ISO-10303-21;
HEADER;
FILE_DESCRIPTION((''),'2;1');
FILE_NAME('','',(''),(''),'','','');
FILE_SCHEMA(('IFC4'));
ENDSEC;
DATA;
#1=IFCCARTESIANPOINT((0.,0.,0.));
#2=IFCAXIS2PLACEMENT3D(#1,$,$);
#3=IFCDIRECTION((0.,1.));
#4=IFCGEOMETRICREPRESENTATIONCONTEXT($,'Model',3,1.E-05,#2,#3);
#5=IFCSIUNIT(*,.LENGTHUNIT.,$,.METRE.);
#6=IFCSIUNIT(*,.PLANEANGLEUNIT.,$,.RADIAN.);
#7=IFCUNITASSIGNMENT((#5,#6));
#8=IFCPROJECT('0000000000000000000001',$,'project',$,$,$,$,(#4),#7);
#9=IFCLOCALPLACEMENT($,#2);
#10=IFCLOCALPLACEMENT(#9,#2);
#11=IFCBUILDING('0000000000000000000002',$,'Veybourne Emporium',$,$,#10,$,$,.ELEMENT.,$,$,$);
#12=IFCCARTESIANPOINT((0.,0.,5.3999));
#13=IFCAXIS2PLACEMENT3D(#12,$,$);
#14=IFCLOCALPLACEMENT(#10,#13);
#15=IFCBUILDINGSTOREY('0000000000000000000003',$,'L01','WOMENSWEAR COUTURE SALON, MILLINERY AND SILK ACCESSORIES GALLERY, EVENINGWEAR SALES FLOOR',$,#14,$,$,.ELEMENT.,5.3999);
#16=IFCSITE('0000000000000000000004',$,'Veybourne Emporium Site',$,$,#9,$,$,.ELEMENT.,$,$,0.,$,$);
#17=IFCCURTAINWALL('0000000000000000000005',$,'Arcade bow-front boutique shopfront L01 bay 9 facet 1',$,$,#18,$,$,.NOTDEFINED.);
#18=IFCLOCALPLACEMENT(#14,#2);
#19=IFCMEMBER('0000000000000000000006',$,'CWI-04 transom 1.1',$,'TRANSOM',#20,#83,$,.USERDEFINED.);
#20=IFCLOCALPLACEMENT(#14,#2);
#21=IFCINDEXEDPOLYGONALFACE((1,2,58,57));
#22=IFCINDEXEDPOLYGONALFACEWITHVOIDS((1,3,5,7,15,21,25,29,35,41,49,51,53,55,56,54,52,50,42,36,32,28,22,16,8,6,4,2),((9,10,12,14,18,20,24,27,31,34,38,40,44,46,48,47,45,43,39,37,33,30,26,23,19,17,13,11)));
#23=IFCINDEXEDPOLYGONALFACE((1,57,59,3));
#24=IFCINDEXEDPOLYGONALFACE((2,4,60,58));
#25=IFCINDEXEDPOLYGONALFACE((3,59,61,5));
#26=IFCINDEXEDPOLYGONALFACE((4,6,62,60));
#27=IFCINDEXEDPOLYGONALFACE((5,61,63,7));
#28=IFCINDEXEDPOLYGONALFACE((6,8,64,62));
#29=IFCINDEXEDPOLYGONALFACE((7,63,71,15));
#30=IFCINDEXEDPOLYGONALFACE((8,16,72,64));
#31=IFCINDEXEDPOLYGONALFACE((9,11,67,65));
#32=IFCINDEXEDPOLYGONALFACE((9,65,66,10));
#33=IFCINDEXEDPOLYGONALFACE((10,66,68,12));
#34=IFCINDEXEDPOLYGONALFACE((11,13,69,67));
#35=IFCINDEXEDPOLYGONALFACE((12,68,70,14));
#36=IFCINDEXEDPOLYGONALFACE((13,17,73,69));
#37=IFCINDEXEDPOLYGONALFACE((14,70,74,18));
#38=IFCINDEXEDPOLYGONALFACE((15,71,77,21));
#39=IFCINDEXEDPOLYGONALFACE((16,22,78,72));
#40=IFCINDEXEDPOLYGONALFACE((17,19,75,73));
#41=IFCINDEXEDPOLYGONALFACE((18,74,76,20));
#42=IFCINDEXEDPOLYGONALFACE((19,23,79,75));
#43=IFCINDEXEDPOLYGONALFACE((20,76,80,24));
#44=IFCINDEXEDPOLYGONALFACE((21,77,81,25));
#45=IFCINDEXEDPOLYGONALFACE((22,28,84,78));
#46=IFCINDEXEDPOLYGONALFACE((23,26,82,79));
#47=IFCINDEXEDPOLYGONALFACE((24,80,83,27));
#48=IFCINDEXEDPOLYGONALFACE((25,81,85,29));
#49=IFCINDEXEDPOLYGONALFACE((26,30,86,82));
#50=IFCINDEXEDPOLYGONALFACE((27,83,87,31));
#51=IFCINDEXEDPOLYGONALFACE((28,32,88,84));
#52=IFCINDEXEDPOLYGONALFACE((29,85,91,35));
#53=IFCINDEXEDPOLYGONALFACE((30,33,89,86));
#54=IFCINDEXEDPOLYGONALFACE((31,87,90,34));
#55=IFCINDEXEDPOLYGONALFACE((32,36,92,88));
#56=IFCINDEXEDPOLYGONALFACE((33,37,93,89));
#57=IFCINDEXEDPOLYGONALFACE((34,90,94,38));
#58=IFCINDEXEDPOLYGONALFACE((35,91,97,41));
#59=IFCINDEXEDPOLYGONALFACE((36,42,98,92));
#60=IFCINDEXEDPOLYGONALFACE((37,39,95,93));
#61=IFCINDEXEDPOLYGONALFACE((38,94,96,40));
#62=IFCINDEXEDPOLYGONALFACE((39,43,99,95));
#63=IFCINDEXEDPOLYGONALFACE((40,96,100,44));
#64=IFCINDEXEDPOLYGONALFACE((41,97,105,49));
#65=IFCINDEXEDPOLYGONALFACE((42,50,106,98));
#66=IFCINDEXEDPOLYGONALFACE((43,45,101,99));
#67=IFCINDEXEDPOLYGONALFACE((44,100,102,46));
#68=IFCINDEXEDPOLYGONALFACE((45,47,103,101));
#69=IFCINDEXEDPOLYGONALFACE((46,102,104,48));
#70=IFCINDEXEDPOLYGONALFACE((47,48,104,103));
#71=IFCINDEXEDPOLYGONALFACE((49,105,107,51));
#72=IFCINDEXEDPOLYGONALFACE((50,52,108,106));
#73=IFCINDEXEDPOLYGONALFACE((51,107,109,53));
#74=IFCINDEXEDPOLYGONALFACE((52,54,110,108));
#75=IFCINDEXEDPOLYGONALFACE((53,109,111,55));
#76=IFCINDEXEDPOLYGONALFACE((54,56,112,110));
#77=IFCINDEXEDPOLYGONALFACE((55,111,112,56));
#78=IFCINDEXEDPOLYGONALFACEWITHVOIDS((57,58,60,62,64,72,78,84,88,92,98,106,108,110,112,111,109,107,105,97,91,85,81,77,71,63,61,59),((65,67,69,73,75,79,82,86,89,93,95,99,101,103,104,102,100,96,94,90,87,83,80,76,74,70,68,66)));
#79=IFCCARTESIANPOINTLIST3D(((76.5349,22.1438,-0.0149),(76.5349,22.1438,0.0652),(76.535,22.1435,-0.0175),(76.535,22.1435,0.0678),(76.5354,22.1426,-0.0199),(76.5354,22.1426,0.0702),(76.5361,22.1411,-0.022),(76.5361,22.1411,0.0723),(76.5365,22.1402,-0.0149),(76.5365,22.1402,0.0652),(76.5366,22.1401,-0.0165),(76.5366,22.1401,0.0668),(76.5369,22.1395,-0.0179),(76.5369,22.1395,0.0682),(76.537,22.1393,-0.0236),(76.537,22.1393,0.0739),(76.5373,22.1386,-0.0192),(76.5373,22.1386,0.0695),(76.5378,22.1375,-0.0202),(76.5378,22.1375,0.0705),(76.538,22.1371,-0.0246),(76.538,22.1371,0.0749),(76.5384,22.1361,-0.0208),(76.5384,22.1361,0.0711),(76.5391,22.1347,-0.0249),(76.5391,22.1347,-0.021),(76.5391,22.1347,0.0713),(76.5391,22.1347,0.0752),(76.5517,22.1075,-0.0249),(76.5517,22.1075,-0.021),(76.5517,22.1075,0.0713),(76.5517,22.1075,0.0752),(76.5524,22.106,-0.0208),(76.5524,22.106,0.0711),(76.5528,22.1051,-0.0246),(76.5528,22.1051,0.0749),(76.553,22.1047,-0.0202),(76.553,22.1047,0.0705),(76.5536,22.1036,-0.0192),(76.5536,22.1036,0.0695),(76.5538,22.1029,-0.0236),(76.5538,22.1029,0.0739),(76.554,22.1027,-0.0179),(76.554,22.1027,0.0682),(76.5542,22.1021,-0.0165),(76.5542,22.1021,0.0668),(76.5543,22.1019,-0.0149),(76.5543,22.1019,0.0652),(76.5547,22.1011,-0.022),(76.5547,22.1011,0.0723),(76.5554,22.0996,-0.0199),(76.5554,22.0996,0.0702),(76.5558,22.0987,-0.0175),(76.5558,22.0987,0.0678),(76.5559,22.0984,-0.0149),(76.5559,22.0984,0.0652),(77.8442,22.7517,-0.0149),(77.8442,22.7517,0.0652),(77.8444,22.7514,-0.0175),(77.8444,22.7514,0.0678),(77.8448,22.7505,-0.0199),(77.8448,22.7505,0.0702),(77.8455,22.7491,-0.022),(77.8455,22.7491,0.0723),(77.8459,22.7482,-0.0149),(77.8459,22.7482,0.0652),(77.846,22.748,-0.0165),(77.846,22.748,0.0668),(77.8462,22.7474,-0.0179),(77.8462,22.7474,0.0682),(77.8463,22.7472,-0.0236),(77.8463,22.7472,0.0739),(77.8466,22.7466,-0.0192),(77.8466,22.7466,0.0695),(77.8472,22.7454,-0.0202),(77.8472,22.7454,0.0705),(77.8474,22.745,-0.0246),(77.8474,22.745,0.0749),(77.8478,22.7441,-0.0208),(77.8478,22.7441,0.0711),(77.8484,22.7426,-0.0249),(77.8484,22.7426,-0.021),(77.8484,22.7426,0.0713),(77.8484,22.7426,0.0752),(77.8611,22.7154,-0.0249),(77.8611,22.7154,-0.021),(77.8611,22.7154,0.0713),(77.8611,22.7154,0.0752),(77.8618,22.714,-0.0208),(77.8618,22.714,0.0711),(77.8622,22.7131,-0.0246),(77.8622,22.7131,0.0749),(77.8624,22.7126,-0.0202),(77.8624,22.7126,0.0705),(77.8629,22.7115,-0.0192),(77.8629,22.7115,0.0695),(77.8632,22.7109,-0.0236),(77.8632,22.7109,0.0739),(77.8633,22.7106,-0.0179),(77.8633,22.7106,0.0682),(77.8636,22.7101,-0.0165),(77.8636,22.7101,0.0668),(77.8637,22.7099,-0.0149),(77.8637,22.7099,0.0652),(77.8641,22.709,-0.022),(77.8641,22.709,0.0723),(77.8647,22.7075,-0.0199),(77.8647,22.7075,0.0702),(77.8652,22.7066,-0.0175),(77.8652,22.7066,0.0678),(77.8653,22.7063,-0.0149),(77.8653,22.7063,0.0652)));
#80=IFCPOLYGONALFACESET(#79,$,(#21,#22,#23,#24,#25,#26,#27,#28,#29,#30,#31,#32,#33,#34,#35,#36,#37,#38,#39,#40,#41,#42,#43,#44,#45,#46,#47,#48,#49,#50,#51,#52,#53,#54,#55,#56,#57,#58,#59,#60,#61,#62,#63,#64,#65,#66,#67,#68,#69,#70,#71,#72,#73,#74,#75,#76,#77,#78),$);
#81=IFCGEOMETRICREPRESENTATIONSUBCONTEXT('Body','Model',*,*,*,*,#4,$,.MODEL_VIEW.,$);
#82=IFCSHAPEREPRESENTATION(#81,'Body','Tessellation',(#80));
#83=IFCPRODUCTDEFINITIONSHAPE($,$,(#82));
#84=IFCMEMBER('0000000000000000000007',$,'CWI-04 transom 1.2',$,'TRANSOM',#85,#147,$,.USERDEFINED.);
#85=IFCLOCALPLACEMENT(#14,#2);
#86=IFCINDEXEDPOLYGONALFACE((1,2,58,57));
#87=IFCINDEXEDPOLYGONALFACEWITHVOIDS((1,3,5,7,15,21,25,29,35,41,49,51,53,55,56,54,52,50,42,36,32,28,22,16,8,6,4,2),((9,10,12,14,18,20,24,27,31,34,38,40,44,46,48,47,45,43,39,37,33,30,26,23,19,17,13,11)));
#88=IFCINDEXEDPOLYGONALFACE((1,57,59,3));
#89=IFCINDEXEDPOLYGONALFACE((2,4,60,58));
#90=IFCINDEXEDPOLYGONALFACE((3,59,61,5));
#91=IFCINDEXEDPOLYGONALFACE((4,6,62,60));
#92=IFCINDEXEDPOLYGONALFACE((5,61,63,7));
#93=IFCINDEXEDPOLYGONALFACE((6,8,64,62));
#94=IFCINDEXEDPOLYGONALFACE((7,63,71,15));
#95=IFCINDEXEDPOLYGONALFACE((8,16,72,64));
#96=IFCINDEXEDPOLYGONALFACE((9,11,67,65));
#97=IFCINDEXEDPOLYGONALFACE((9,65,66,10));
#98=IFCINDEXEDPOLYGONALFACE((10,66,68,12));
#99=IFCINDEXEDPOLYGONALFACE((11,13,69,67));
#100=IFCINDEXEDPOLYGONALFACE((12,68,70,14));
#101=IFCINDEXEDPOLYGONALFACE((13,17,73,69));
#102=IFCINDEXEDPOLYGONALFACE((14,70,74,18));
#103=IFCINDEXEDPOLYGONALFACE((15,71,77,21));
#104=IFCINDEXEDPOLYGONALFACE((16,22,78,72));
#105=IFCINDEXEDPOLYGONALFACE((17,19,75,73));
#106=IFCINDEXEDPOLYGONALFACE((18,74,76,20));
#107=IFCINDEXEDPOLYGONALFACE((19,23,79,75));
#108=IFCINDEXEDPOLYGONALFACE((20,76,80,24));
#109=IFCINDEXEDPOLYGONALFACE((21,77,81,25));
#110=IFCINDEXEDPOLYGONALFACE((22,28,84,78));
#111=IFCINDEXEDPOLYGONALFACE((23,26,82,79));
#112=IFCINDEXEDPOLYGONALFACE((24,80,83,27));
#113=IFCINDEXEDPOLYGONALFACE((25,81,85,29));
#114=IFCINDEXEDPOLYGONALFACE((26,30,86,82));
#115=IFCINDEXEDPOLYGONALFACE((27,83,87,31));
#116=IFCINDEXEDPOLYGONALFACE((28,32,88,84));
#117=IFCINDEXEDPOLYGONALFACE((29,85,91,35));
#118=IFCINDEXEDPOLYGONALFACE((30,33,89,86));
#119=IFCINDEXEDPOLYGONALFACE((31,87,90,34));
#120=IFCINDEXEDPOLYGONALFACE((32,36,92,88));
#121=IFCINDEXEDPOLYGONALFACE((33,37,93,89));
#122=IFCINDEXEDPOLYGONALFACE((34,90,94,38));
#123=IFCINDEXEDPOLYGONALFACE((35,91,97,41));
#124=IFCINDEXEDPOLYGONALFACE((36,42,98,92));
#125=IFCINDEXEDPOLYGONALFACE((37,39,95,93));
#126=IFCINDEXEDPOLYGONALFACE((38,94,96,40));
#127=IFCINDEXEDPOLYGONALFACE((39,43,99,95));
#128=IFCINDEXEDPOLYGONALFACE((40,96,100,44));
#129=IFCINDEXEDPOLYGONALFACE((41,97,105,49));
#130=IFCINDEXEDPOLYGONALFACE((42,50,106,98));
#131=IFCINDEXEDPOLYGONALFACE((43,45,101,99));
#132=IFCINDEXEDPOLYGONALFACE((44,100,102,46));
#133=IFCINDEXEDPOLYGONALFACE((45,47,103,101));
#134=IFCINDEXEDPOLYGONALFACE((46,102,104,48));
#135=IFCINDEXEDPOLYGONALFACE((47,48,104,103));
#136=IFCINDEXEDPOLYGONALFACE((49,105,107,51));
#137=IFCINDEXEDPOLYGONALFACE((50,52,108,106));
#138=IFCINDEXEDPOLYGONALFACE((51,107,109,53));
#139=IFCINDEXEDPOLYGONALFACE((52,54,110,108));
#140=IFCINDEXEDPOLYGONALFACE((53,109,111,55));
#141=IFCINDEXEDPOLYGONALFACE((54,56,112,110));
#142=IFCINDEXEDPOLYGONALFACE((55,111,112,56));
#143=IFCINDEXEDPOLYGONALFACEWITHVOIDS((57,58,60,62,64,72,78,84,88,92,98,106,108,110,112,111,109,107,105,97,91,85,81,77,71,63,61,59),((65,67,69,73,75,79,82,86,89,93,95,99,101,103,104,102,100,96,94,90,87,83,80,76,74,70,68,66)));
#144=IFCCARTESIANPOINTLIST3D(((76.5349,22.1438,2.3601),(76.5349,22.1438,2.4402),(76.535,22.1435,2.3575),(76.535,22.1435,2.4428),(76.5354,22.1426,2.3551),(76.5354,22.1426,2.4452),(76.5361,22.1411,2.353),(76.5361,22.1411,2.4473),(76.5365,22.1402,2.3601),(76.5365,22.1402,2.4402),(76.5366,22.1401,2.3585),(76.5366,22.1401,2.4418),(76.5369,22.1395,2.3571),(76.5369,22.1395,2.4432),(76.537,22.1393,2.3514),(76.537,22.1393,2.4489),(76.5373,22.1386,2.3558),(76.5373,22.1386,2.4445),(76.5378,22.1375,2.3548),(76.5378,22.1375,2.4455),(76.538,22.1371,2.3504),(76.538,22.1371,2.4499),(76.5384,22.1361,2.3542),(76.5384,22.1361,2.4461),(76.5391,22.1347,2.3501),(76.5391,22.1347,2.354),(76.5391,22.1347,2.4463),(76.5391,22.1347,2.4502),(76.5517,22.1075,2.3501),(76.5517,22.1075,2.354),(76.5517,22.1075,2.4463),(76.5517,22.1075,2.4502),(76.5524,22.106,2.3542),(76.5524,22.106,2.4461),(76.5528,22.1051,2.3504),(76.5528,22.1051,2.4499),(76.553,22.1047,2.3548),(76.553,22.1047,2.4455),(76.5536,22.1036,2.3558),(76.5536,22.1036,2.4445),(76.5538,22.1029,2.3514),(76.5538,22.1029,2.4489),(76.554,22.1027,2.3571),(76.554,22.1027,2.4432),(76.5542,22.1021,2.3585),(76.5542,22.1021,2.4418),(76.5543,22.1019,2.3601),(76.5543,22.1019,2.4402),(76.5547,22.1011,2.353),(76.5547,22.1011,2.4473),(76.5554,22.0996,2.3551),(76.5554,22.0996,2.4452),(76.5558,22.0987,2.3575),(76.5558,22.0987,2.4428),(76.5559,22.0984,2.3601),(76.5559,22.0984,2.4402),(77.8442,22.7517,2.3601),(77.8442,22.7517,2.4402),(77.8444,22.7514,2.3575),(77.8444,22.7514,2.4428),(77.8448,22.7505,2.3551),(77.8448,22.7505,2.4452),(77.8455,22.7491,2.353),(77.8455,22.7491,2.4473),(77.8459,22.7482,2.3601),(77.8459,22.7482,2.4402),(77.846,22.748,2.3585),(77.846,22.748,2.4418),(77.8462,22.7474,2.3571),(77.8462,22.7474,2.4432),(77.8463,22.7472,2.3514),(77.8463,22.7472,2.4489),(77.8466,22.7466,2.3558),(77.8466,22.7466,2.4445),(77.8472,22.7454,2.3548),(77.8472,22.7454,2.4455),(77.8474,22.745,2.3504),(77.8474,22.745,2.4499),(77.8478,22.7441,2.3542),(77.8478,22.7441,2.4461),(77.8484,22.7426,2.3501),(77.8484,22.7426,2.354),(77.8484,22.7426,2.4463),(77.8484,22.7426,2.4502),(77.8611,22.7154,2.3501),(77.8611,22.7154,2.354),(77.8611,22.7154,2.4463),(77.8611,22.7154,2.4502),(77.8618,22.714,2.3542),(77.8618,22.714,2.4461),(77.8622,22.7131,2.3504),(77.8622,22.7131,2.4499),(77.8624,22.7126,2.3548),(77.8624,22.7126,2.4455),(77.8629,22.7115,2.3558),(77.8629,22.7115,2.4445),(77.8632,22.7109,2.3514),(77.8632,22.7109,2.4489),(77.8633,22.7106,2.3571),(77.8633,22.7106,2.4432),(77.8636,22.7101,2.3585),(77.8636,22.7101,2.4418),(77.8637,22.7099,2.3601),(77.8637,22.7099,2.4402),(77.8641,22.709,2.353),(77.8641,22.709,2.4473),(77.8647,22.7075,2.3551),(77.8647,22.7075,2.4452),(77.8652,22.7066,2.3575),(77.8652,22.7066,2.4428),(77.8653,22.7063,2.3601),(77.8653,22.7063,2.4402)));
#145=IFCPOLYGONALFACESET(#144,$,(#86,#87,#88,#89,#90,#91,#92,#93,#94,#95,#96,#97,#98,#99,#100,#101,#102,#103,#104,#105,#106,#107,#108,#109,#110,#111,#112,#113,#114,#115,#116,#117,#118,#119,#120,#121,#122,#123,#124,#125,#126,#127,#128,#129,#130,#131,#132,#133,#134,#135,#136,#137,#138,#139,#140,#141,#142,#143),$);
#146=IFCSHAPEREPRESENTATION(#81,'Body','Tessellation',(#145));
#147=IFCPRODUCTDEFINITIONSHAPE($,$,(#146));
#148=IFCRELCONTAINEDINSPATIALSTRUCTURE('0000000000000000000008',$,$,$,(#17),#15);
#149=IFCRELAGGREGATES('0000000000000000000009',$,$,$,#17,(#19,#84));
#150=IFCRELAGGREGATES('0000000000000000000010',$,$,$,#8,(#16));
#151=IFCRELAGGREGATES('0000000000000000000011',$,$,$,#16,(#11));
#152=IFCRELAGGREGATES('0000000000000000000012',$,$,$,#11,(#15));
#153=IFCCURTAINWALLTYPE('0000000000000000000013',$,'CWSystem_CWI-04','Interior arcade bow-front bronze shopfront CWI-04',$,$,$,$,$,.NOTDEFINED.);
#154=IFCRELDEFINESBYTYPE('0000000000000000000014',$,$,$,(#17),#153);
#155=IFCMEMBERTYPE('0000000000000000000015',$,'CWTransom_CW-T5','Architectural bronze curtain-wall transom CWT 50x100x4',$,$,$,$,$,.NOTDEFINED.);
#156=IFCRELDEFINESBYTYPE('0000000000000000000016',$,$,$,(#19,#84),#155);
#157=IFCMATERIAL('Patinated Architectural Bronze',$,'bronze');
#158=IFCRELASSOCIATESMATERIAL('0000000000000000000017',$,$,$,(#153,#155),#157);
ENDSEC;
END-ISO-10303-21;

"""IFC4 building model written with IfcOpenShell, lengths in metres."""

from ifc_helpers import new_model, si_unit, direction, frame, origin, origin_2d, place, context, subcontext, project, spatial, hollow_rectangle, extrude, material, material_profile, profile_set, type_object, element, aggregate, save


model = new_model("IFC4")

# Units and contexts
model_context = context("Model", 3, precision=1e-05, world=origin(), true_north=direction((0.0, 1.0)))
body_context = subcontext(model_context, "Body", "Model", "MODEL_VIEW")
ifc_project = project(units=[si_unit("LENGTHUNIT", "METRE"), si_unit("PLANEANGLEUNIT", "RADIAN")], contexts=[model_context])

# Site, building, storey
site_placement = place(None, origin())
site = spatial("IfcSite", under=ifc_project, at=site_placement, Name="Veybourne Emporium Site", CompositionType="ELEMENT", RefElevation=0.0)
building_placement = place(site_placement, origin())
building = spatial("IfcBuilding", under=site, at=building_placement, Name="Veybourne Emporium", CompositionType="ELEMENT")
storey_placement = place(building_placement, frame((0.0, 0.0, 5.3999)))
storey = spatial("IfcBuildingStorey", under=building, at=storey_placement, Name="L01", Description="WOMENSWEAR COUTURE SALON, MILLINERY AND SILK ACCESSORIES GALLERY, EVENINGWEAR SALES FLOOR", CompositionType="ELEMENT", Elevation=5.3999)

# Shared definitions
ifc_material_1 = material(Name="Patinated Architectural Bronze", Category="bronze")

# Curtain wall
curtain_wall_type_1 = type_object("IfcCurtainWallType", Name="CWSystem_CWI-04", Description="Interior arcade bow-front bronze shopfront CWI-04", PredefinedType="NOTDEFINED", material=ifc_material_1)
curtain_wall_1_placement = place(storey_placement, origin())
curtain_wall_1 = element("IfcCurtainWall", 1, at=curtain_wall_1_placement, inside=storey, type_object=curtain_wall_type_1, Name="Arcade bow-front boutique shopfront L01 bay 9 facet 1", PredefinedType="NOTDEFINED")

# Members
ifc_material_profile_1 = material_profile(ifc_material_1, hollow_rectangle(XDim=0.05, YDim=0.1001, WallThickness=0.0039, InnerFilletRadius=0.0061, OuterFilletRadius=0.01, at=origin_2d()), Name="CWT 50x100x4")
ifc_profile_set_1 = profile_set([ifc_material_profile_1], Name="Patinated Architectural Bronze")
member_type_1 = type_object("IfcMemberType", Name="CWTransom_CW-T5", Description="Architectural bronze curtain-wall transom CWT 50x100x4", PredefinedType="NOTDEFINED", material=ifc_profile_set_1)
member_1_placement = place(storey_placement, frame((76.5454, 22.1211, 0.0251), z_axis=(0.907007, 0.421116, 0.0), x_axis=(-0.421116, 0.907007, 0.0)))
member_1 = element("IfcMember", 2, at=member_1_placement, type_object=member_type_1, Name="CWI-04 transom 1.1", ObjectType="TRANSOM", PredefinedType="USERDEFINED", context=body_context, shape_type="SweptSolid", body=[
    extrude(hollow_rectangle(XDim=0.05, YDim=0.1001, WallThickness=0.0039, InnerFilletRadius=0.0061, OuterFilletRadius=0.01, at=origin_2d()), origin(), (0.0, 0.0, 1.0), 1.4436),
])
member_2_placement = place(storey_placement, frame((76.5454, 22.1211, 2.4001), z_axis=(0.907007, 0.421116, 0.0), x_axis=(-0.421116, 0.907007, 0.0)))
member_2 = element("IfcMember", 3, at=member_2_placement, type_object=member_type_1, Name="CWI-04 transom 1.2", ObjectType="TRANSOM", PredefinedType="USERDEFINED", context=body_context, shape_type="SweptSolid", body=[
    extrude(hollow_rectangle(XDim=0.05, YDim=0.1001, WallThickness=0.0039, InnerFilletRadius=0.0061, OuterFilletRadius=0.01, at=origin_2d()), origin(), (0.0, 0.0, 1.0), 1.4436),
])

aggregate(curtain_wall_1, [member_1, member_2])

save(model, "model.ifc")
